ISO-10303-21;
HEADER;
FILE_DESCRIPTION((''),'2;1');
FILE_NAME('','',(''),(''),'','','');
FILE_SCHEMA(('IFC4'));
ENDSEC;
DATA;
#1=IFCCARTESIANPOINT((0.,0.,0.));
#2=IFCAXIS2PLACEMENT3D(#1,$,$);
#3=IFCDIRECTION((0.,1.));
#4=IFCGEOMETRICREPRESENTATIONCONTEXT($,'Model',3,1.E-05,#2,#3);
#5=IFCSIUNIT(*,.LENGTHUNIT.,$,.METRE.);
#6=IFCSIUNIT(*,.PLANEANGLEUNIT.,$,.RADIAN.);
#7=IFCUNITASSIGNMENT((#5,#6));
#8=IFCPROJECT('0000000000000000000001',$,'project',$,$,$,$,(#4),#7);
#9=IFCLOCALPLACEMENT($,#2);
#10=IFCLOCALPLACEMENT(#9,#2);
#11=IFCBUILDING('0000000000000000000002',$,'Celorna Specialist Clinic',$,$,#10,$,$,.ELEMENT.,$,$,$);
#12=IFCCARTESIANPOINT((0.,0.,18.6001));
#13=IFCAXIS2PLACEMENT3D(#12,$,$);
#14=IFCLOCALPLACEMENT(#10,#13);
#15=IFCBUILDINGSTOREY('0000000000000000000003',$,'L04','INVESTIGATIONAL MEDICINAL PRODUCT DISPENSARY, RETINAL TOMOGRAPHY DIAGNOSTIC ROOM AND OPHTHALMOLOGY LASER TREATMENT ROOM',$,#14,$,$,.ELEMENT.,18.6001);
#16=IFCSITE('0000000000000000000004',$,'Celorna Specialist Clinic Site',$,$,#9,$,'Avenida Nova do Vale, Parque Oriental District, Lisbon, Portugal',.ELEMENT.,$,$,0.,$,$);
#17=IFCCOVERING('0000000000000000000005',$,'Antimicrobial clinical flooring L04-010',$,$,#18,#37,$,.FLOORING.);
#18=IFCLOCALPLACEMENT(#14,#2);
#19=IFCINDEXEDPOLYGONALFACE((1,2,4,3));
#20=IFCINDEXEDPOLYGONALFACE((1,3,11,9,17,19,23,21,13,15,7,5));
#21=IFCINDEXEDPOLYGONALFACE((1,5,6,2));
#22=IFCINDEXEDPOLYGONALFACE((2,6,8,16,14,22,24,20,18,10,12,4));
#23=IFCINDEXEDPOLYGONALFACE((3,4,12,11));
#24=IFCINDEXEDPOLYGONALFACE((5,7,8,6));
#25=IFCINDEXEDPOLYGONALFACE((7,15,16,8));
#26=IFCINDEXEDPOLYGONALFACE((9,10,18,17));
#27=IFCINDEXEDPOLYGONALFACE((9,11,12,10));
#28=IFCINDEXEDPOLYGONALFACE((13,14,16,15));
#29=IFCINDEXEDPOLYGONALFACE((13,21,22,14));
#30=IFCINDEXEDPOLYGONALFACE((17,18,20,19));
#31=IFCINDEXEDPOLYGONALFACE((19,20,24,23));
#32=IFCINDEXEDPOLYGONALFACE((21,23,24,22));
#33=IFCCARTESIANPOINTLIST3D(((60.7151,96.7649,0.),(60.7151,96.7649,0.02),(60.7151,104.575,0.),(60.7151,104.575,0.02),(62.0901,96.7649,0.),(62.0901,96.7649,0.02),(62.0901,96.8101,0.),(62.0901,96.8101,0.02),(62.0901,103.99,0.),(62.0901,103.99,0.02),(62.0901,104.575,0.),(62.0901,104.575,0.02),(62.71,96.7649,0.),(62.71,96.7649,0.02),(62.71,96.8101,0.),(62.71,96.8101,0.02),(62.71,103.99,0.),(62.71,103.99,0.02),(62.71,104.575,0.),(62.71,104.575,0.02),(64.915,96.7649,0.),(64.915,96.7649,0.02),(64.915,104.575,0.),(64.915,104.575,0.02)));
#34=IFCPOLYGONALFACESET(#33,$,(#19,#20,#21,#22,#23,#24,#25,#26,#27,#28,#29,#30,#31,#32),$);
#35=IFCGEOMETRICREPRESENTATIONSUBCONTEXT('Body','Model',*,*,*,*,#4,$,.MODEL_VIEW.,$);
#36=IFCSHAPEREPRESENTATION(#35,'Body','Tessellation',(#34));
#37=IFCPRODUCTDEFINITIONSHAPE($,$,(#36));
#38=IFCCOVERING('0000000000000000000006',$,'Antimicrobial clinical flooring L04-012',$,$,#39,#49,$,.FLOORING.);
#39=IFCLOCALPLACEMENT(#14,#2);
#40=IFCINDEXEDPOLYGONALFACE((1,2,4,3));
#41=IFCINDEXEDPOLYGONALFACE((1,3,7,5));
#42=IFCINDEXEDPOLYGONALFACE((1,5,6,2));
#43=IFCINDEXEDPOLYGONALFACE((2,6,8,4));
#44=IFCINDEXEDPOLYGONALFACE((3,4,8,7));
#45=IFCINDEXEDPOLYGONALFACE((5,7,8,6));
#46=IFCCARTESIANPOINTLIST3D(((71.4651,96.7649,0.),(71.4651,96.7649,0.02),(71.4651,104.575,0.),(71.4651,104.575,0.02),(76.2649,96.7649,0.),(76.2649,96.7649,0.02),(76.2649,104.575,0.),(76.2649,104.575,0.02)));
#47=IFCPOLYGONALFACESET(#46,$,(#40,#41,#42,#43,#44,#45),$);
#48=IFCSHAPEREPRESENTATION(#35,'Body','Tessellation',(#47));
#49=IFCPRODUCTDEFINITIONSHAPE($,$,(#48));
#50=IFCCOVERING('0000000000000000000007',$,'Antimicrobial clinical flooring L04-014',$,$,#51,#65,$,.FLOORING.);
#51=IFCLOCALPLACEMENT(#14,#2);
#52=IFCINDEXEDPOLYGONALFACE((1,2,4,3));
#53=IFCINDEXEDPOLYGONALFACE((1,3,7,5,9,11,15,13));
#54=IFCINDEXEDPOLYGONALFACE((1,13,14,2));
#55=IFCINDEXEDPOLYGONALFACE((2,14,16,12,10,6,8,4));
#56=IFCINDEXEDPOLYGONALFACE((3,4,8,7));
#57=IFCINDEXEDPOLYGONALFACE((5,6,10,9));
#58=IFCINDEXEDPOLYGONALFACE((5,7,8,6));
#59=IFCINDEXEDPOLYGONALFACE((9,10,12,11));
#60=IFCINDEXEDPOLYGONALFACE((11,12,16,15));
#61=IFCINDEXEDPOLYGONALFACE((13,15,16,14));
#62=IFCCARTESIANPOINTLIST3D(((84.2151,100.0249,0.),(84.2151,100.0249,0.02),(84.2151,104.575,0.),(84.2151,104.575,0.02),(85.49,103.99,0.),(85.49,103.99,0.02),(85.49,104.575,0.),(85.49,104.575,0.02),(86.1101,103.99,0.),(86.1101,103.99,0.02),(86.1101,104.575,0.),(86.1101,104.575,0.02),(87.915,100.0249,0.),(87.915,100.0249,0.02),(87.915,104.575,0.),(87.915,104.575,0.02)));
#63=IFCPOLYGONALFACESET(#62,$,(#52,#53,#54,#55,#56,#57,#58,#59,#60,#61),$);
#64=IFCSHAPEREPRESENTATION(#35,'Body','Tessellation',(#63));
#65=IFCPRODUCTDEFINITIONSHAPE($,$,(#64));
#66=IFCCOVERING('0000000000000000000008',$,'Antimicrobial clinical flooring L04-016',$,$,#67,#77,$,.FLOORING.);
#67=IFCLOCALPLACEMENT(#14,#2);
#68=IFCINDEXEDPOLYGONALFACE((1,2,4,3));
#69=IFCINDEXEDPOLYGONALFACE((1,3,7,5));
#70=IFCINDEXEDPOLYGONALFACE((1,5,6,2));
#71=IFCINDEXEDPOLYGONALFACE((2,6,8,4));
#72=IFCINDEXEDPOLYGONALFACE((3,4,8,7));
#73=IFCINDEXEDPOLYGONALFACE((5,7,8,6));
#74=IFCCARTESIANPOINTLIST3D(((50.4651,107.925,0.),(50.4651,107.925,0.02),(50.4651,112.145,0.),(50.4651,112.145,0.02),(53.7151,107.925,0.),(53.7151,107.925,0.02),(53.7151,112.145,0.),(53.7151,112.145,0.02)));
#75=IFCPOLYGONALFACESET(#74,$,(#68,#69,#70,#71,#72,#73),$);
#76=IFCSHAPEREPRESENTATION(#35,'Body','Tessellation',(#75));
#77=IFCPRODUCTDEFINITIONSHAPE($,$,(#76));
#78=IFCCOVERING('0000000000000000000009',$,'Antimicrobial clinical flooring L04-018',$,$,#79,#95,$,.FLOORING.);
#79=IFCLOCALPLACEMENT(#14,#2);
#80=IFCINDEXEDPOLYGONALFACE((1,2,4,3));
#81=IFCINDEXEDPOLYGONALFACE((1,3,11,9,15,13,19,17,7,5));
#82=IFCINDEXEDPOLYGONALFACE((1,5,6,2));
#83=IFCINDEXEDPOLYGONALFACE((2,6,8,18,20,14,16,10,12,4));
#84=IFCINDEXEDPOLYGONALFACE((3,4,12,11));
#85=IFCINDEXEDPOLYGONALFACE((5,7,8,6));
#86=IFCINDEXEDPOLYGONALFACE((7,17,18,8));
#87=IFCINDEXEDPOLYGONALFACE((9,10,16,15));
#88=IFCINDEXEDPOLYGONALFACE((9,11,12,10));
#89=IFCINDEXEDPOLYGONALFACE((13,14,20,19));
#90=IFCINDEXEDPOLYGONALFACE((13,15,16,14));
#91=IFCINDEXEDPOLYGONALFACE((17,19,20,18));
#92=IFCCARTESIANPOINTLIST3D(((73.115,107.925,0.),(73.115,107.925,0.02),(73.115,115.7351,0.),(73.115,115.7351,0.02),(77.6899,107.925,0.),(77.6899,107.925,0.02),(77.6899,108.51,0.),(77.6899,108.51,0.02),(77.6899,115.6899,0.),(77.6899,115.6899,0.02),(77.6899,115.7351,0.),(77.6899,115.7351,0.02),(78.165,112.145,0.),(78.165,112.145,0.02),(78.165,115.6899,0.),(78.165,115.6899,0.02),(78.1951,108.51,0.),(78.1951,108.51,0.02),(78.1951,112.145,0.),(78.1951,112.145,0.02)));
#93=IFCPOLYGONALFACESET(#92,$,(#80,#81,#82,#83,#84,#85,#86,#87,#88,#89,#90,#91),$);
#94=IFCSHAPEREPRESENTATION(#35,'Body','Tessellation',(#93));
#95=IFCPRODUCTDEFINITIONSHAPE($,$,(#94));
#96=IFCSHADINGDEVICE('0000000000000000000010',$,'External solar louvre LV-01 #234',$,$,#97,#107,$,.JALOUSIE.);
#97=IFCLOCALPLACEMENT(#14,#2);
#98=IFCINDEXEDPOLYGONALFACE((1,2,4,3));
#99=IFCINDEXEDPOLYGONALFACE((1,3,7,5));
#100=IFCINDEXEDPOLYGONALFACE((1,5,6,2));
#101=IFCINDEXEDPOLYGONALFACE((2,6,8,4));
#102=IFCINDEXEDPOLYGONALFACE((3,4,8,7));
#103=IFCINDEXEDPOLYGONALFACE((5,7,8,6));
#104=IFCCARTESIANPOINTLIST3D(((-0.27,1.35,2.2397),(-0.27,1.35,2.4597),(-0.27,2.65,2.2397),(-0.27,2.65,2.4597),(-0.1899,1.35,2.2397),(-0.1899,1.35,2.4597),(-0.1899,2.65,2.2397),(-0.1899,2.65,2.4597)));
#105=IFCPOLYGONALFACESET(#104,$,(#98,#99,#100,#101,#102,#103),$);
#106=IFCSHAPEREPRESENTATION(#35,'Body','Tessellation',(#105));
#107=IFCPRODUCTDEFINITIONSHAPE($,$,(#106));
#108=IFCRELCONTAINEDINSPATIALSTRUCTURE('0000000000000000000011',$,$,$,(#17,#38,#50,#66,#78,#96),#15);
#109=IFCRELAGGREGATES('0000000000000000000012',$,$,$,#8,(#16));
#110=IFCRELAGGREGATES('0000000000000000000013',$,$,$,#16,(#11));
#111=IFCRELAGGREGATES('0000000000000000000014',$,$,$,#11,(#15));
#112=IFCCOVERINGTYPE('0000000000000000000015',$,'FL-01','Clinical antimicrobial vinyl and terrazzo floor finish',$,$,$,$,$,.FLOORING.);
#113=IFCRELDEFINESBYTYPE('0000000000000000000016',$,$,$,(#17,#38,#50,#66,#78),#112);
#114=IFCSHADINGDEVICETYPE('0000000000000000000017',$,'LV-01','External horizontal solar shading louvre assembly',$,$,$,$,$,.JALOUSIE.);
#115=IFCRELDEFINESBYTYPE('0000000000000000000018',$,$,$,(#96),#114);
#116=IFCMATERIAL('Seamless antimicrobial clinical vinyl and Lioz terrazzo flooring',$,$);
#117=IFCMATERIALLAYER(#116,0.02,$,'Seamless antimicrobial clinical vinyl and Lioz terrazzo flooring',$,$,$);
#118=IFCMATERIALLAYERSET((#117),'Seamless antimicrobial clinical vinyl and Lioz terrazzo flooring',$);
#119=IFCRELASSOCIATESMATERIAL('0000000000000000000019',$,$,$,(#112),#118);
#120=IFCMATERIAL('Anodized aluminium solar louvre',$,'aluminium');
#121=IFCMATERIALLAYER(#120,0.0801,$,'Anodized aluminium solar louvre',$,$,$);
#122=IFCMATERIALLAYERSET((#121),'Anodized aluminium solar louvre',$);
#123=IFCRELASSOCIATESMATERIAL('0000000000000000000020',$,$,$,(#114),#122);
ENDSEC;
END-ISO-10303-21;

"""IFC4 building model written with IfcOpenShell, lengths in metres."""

from ifc_helpers import new_model, si_unit, direction, frame, origin, origin_2d, place, context, subcontext, project, spatial, polyline, rectangle, outline, extrude, material, layer, layer_set, type_object, element, save


model = new_model("IFC4")

# Units and contexts
model_context = context("Model", 3, precision=1e-05, world=origin(), true_north=direction((0.0, 1.0)))
body_context = subcontext(model_context, "Body", "Model", "MODEL_VIEW")
ifc_project = project(units=[si_unit("LENGTHUNIT", "METRE"), si_unit("PLANEANGLEUNIT", "RADIAN")], contexts=[model_context])

# Site, building, storey
site_placement = place(None, origin())
site = spatial("IfcSite", under=ifc_project, at=site_placement, Name="Celorna Specialist Clinic Site", LongName="Avenida Nova do Vale, Parque Oriental District, Lisbon, Portugal", CompositionType="ELEMENT", RefElevation=0.0)
building_placement = place(site_placement, origin())
building = spatial("IfcBuilding", under=site, at=building_placement, Name="Celorna Specialist Clinic", CompositionType="ELEMENT")
storey_placement = place(building_placement, frame((0.0, 0.0, 18.6001)))
storey = spatial("IfcBuildingStorey", under=building, at=storey_placement, Name="L04", Description="INVESTIGATIONAL MEDICINAL PRODUCT DISPENSARY, RETINAL TOMOGRAPHY DIAGNOSTIC ROOM AND OPHTHALMOLOGY LASER TREATMENT ROOM", CompositionType="ELEMENT", Elevation=18.6001)

# Coverings
ifc_material_1 = material(Name="Seamless antimicrobial clinical vinyl and Lioz terrazzo flooring")
ifc_layer_1 = layer(ifc_material_1, 0.02, Name="Seamless antimicrobial clinical vinyl and Lioz terrazzo flooring")
ifc_layer_set_1 = layer_set([ifc_layer_1], Name="Seamless antimicrobial clinical vinyl and Lioz terrazzo flooring")
covering_type_1 = type_object("IfcCoveringType", Name="FL-01", Description="Clinical antimicrobial vinyl and terrazzo floor finish", PredefinedType="FLOORING", material=ifc_layer_set_1)
covering_1_placement = place(storey_placement, origin())
element("IfcCovering", 1, at=covering_1_placement, inside=storey, type_object=covering_type_1, Name="Antimicrobial clinical flooring L04-010", PredefinedType="FLOORING", context=body_context, shape_type="SweptSolid", body=[
    extrude(outline(polyline([(60.7151, 104.575), (62.0901, 104.575), (62.0901, 103.99), (62.71, 103.99), (62.71, 104.575), (64.915, 104.575), (64.915, 96.7649), (62.71, 96.7649), (62.71, 96.8101), (62.0901, 96.8101), (62.0901, 96.7649), (60.7151, 96.7649), (60.7151, 104.575)])), origin(), (0.0, 0.0, 1.0), 0.02),
])
covering_2_placement = place(storey_placement, origin())
element("IfcCovering", 2, at=covering_2_placement, inside=storey, type_object=covering_type_1, Name="Antimicrobial clinical flooring L04-012", PredefinedType="FLOORING", context=body_context, shape_type="SweptSolid", body=[
    extrude(outline(polyline([(71.4651, 104.575), (76.2649, 104.575), (76.2649, 96.7649), (71.4651, 96.7649), (71.4651, 104.575)])), origin(), (0.0, 0.0, 1.0), 0.02),
])
covering_3_placement = place(storey_placement, origin())
element("IfcCovering", 3, at=covering_3_placement, inside=storey, type_object=covering_type_1, Name="Antimicrobial clinical flooring L04-014", PredefinedType="FLOORING", context=body_context, shape_type="SweptSolid", body=[
    extrude(outline(polyline([(84.2151, 104.575), (85.49, 104.575), (85.49, 103.99), (86.1101, 103.99), (86.1101, 104.575), (87.915, 104.575), (87.915, 100.0249), (84.2151, 100.0249), (84.2151, 104.575)])), origin(), (0.0, 0.0, 1.0), 0.02),
])
covering_4_placement = place(storey_placement, origin())
element("IfcCovering", 4, at=covering_4_placement, inside=storey, type_object=covering_type_1, Name="Antimicrobial clinical flooring L04-016", PredefinedType="FLOORING", context=body_context, shape_type="SweptSolid", body=[
    extrude(outline(polyline([(50.4651, 107.925), (50.4651, 112.145), (53.7151, 112.145), (53.7151, 107.925), (50.4651, 107.925)])), origin(), (0.0, 0.0, 1.0), 0.02),
])
covering_5_placement = place(storey_placement, origin())
element("IfcCovering", 5, at=covering_5_placement, inside=storey, type_object=covering_type_1, Name="Antimicrobial clinical flooring L04-018", PredefinedType="FLOORING", context=body_context, shape_type="SweptSolid", body=[
    extrude(outline(polyline([(73.115, 115.7351), (77.6899, 115.7351), (77.6899, 115.6899), (78.165, 115.6899), (78.165, 112.145), (78.1951, 112.145), (78.1951, 108.51), (77.6899, 108.51), (77.6899, 107.925), (73.115, 107.925), (73.115, 115.7351)])), origin(), (0.0, 0.0, 1.0), 0.02),
])

# Shading device
ifc_material_2 = material(Name="Anodized aluminium solar louvre", Category="aluminium")
ifc_layer_2 = layer(ifc_material_2, 0.0801, Name="Anodized aluminium solar louvre")
ifc_layer_set_2 = layer_set([ifc_layer_2], Name="Anodized aluminium solar louvre")
shading_device_type = type_object("IfcShadingDeviceType", Name="LV-01", Description="External horizontal solar shading louvre assembly", PredefinedType="JALOUSIE", material=ifc_layer_set_2)
shading_device_placement = place(storey_placement, frame((-0.23, 2.0, 2.2397), z_axis=(0.0, 0.0, 1.0), x_axis=(0.0, 1.0, 0.0)))
element("IfcShadingDevice", 6, at=shading_device_placement, inside=storey, type_object=shading_device_type, Name="External solar louvre LV-01 #234", PredefinedType="JALOUSIE", context=body_context, shape_type="SweptSolid", body=[
    extrude(rectangle(XDim=1.3, YDim=0.0801, at=origin_2d()), origin(), (0.0, 0.0, 1.0), 0.22),
])

save(model, "model.ifc")
